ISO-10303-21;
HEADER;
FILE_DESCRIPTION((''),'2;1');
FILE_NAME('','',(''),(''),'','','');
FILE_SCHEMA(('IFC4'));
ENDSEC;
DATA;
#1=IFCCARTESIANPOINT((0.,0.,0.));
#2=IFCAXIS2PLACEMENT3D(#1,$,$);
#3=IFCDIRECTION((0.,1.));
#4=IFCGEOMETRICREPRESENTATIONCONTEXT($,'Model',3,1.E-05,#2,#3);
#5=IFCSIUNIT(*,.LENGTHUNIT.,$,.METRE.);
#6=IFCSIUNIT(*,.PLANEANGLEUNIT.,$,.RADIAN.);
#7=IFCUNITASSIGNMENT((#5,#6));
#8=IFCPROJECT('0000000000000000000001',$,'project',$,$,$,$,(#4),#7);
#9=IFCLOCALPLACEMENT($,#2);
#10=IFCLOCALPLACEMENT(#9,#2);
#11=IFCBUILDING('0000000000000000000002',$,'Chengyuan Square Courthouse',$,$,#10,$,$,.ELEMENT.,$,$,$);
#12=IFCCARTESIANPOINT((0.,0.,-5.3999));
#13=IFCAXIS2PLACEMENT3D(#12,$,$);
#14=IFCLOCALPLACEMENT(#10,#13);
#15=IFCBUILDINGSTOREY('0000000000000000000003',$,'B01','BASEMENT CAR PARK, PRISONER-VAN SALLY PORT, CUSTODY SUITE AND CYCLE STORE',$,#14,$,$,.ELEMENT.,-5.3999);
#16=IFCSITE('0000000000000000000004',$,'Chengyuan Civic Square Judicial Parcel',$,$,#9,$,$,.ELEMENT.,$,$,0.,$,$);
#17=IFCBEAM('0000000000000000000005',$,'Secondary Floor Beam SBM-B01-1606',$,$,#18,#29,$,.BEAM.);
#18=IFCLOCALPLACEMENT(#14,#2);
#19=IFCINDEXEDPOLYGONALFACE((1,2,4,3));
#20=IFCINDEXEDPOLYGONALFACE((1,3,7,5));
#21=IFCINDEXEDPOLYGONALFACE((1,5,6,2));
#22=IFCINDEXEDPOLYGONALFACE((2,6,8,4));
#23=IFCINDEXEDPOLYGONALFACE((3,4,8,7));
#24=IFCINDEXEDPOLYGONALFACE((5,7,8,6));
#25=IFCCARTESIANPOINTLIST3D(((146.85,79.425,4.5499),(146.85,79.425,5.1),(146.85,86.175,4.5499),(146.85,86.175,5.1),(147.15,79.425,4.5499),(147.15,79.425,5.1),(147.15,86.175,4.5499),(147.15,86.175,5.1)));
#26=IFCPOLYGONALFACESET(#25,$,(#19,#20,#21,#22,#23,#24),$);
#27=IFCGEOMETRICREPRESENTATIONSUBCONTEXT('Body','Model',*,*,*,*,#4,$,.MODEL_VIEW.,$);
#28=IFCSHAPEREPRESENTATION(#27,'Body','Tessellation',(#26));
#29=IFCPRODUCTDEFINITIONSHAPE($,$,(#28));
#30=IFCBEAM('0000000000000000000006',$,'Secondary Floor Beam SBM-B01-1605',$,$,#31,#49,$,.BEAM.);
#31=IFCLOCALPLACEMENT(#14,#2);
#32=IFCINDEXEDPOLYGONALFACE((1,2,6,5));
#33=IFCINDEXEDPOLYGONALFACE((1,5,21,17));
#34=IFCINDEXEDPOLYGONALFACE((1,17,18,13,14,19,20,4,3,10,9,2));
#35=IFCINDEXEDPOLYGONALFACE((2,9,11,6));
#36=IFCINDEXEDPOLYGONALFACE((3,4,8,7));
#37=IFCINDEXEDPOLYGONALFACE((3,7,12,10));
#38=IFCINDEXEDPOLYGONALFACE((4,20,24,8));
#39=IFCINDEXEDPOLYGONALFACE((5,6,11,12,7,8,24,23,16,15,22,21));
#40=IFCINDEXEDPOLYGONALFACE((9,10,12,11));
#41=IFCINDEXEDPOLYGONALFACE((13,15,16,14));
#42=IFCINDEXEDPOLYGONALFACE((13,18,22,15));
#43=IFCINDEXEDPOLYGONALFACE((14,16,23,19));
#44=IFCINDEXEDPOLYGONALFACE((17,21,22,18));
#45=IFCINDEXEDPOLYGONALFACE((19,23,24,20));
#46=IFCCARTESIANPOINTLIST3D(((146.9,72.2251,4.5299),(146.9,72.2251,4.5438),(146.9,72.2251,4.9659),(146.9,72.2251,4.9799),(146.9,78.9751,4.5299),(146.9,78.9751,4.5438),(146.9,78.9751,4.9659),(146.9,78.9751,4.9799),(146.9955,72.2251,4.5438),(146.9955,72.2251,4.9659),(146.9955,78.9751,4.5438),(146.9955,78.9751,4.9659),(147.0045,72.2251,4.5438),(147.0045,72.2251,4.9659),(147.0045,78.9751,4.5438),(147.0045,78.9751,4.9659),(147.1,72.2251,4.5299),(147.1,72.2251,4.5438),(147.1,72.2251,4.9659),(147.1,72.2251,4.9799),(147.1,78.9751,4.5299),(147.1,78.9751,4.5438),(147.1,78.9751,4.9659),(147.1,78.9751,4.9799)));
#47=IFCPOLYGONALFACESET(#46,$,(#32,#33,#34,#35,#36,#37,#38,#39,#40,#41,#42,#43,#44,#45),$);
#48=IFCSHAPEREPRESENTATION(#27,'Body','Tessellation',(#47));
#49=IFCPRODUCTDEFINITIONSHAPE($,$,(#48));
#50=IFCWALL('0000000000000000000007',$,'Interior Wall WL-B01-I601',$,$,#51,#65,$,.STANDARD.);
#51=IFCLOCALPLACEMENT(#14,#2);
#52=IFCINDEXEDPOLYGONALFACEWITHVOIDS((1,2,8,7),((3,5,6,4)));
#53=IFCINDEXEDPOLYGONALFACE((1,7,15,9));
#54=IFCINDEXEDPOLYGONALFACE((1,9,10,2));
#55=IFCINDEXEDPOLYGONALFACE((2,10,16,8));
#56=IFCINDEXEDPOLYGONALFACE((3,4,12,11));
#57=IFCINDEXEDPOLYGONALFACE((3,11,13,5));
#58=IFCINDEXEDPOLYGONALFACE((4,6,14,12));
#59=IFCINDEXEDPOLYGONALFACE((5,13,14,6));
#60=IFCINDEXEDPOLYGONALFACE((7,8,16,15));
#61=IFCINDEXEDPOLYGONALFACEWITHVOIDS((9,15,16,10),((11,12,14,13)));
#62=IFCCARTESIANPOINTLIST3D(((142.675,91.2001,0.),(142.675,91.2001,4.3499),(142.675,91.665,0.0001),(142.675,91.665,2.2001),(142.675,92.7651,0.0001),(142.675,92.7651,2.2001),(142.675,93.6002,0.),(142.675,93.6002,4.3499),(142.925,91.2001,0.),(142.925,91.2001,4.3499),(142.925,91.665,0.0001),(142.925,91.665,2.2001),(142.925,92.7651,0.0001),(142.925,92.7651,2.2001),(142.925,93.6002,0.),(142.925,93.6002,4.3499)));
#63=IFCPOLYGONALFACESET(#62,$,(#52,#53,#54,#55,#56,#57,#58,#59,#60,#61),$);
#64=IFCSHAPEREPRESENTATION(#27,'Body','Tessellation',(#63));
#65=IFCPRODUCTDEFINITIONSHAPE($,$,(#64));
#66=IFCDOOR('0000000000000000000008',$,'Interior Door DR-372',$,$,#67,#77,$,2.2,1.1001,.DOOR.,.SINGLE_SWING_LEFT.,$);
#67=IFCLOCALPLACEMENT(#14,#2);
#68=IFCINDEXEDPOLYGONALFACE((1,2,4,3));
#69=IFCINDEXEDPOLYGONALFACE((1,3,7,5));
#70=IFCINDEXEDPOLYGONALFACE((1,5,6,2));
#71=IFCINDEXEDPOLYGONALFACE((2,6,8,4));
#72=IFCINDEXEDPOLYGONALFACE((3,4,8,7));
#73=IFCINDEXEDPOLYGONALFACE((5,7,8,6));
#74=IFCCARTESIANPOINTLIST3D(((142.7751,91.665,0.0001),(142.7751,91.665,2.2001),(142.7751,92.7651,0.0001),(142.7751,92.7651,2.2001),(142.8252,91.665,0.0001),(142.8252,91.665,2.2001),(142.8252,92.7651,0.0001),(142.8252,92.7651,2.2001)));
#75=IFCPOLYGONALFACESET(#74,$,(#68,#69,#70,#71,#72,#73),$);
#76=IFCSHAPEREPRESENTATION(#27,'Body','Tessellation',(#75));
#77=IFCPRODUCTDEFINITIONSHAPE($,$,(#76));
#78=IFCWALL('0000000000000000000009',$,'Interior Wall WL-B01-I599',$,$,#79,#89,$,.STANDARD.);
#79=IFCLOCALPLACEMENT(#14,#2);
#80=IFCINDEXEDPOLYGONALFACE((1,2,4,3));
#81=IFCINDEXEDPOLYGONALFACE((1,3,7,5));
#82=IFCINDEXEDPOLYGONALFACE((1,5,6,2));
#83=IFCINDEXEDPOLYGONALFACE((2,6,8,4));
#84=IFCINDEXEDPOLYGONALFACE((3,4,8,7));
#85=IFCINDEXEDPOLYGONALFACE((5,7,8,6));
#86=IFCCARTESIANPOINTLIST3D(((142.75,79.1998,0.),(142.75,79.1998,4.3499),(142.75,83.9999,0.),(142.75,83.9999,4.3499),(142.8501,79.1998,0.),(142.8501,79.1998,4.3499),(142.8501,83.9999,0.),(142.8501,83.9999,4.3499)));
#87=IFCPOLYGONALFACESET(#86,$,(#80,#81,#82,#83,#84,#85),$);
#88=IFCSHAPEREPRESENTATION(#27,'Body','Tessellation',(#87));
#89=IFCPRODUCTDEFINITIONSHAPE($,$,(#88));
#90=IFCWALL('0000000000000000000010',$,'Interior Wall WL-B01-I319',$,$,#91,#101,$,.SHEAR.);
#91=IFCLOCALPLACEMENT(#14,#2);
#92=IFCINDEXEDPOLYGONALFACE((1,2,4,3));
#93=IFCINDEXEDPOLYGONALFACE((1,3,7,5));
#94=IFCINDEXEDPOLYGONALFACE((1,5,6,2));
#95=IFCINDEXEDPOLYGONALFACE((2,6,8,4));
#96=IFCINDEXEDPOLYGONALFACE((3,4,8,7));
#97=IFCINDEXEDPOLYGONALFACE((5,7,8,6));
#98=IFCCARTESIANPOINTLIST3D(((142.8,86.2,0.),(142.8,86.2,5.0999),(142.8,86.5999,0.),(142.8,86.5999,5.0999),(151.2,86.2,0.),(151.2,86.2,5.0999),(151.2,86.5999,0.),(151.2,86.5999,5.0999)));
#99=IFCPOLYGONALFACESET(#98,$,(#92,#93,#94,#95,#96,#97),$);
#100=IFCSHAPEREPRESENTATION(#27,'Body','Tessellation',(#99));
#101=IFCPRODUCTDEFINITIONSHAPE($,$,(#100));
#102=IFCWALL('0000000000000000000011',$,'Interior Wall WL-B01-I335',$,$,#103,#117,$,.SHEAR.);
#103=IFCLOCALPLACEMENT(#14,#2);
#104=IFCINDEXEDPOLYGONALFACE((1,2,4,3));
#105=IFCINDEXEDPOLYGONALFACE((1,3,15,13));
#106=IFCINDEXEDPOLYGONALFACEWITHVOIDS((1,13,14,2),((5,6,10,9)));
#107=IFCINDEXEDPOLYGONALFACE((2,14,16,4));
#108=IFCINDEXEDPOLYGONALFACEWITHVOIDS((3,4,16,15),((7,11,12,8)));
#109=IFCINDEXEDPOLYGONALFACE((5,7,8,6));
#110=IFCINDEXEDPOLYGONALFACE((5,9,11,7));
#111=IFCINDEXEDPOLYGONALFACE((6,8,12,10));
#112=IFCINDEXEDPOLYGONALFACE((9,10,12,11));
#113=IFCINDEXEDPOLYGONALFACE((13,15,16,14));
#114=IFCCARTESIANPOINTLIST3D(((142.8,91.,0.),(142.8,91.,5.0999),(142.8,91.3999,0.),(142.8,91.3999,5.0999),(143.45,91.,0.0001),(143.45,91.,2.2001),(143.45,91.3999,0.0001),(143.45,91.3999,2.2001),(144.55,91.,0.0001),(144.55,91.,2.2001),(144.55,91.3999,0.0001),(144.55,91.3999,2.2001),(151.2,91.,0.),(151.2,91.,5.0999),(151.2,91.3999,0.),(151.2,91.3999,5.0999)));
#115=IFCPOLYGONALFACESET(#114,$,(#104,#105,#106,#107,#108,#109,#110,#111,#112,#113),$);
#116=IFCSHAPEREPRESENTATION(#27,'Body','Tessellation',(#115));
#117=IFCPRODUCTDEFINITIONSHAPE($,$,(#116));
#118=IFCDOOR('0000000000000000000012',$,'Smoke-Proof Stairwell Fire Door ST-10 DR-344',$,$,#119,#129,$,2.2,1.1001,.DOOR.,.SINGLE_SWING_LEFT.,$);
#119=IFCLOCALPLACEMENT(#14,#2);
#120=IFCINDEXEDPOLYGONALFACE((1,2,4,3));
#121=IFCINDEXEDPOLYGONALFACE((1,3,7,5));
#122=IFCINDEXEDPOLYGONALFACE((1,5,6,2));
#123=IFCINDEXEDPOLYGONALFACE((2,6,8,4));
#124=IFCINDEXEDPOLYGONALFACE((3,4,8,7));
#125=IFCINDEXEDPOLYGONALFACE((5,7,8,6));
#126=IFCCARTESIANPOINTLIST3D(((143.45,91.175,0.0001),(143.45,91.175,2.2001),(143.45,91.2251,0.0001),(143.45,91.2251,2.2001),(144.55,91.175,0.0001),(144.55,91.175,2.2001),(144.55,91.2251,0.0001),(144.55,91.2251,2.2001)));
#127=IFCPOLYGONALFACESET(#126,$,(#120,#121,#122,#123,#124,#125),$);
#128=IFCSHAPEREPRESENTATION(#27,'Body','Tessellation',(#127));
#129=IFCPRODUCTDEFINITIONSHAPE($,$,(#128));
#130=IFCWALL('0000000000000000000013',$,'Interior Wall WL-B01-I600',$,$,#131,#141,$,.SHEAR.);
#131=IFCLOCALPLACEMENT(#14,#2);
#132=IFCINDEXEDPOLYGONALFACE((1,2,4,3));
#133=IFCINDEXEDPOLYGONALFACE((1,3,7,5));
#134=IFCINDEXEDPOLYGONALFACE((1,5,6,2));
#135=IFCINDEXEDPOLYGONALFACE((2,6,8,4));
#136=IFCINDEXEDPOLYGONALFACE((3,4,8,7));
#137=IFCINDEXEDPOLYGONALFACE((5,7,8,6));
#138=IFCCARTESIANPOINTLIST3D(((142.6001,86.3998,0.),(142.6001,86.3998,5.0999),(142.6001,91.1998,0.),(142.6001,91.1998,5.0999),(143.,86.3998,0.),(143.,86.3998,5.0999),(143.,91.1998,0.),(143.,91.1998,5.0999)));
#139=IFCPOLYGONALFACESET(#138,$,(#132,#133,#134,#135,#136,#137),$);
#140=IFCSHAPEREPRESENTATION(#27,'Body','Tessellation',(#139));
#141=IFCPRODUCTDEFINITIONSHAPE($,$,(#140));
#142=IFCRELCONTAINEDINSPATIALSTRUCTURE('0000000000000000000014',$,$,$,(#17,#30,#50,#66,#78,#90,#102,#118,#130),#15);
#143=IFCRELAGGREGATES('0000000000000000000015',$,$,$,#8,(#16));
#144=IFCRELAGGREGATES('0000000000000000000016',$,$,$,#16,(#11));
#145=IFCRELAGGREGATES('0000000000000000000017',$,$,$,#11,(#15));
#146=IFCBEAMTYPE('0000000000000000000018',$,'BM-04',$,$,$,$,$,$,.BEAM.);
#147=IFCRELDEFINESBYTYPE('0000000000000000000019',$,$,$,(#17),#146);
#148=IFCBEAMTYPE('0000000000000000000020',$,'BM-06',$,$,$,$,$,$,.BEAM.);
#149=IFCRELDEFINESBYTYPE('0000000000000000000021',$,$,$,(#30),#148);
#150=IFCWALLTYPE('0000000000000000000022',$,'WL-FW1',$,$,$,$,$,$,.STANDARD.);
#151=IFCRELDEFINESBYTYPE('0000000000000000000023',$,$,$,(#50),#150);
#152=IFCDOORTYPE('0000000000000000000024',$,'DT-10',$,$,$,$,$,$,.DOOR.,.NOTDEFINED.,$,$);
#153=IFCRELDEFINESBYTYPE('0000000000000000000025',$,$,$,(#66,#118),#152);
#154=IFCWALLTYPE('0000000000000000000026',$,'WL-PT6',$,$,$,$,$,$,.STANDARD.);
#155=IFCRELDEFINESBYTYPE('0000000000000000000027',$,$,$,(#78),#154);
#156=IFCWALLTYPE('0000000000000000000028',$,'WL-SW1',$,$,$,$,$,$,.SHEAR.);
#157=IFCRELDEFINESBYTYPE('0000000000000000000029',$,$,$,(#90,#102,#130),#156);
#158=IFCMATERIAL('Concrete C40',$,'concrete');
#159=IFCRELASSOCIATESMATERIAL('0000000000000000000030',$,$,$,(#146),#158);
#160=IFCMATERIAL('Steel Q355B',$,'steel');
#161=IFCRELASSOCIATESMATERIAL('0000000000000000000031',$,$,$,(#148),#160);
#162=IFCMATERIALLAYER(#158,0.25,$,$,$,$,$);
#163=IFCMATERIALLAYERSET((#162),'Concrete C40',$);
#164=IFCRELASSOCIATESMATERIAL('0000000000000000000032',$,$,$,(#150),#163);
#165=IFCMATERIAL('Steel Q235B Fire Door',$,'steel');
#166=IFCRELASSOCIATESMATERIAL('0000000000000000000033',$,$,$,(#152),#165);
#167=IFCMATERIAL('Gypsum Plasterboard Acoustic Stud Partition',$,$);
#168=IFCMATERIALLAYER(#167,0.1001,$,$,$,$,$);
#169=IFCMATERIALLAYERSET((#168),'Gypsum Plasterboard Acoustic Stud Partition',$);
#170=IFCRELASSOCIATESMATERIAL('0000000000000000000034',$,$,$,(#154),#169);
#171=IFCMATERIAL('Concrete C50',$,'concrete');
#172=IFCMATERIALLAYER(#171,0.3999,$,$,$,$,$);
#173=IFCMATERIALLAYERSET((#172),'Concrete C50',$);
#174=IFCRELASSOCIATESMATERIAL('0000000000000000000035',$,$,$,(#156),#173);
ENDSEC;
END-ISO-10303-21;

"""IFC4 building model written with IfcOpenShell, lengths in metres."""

from ifc_helpers import new_model, si_unit, direction, frame, frame_2d, origin, origin_2d, place, context, subcontext, project, spatial, rectangle, i_section, extrude, material, layer, layer_set, material_profile, profile_set, type_object, element, fill, save


model = new_model("IFC4")

# Units and contexts
model_context = context("Model", 3, precision=1e-05, world=origin(), true_north=direction((0.0, 1.0)))
body_context = subcontext(model_context, "Body", "Model", "MODEL_VIEW")
ifc_project = project(units=[si_unit("LENGTHUNIT", "METRE"), si_unit("PLANEANGLEUNIT", "RADIAN")], contexts=[model_context])

# Site, building, storey
site_placement = place(None, origin())
site = spatial("IfcSite", under=ifc_project, at=site_placement, Name="Chengyuan Civic Square Judicial Parcel", CompositionType="ELEMENT", RefElevation=0.0)
building_placement = place(site_placement, origin())
building = spatial("IfcBuilding", under=site, at=building_placement, Name="Chengyuan Square Courthouse", CompositionType="ELEMENT")
storey_placement = place(building_placement, frame((0.0, 0.0, -5.3999)))
storey = spatial("IfcBuildingStorey", under=building, at=storey_placement, Name="B01", Description="BASEMENT CAR PARK, PRISONER-VAN SALLY PORT, CUSTODY SUITE AND CYCLE STORE", CompositionType="ELEMENT", Elevation=-5.3999)

# Shared definitions
ifc_material_1 = material(Name="Concrete C50", Category="concrete")

# Beams
ifc_material_2 = material(Name="Concrete C40", Category="concrete")
ifc_material_profile_1 = material_profile(ifc_material_2, rectangle(XDim=0.3, YDim=0.55, at=origin_2d()), Name="RC-BM-300x550")
ifc_profile_set_1 = profile_set([ifc_material_profile_1], Name="Concrete C40")
beam_type_1 = type_object("IfcBeamType", Name="BM-04", PredefinedType="BEAM", material=ifc_profile_set_1)
beam_1_placement = place(storey_placement, frame((147.0, 79.425, 4.825), z_axis=(0.0, 1.0, 0.0), x_axis=(-1.0, 0.0, 0.0)))
element("IfcBeam", 1, at=beam_1_placement, inside=storey, type_object=beam_type_1, Name="Secondary Floor Beam SBM-B01-1606", PredefinedType="BEAM", context=body_context, shape_type="SweptSolid", body=[
    extrude(rectangle(XDim=0.3, YDim=0.55, at=origin_2d()), origin(), (0.0, 0.0, 1.0), 6.75),
])
ifc_material_3 = material(Name="Steel Q355B", Category="steel")
ifc_material_profile_2 = material_profile(ifc_material_3, i_section(OverallWidth=0.2, OverallDepth=0.45, WebThickness=0.009, FlangeThickness=0.0139, at=origin_2d()), Name="HN 450x200x9x14")
ifc_profile_set_2 = profile_set([ifc_material_profile_2], Name="Steel Q355B")
beam_type_2 = type_object("IfcBeamType", Name="BM-06", PredefinedType="BEAM", material=ifc_profile_set_2)
beam_2_placement = place(storey_placement, frame((147.0, 72.2251, 4.7549), z_axis=(0.0, 1.0, 0.0), x_axis=(-1.0, 0.0, 0.0)))
element("IfcBeam", 2, at=beam_2_placement, inside=storey, type_object=beam_type_2, Name="Secondary Floor Beam SBM-B01-1605", PredefinedType="BEAM", context=body_context, shape_type="SweptSolid", body=[
    extrude(i_section(OverallWidth=0.2, OverallDepth=0.45, WebThickness=0.009, FlangeThickness=0.0139, at=origin_2d()), origin(), (0.0, 0.0, 1.0), 6.75),
])

# Wall, opening, door
ifc_layer_1 = layer(ifc_material_2, 0.25)
ifc_layer_set_1 = layer_set([ifc_layer_1], Name="Concrete C40")
wall_type_1 = type_object("IfcWallType", Name="WL-FW1", PredefinedType="STANDARD", material=ifc_layer_set_1)
wall_1_placement = place(storey_placement, frame((142.8, 91.2, 0.0), z_axis=(0.0, 0.0, 1.0), x_axis=(0.0, 1.0, 0.0)))
wall_1 = element("IfcWall", 3, at=wall_1_placement, inside=storey, type_object=wall_type_1, Name="Interior Wall WL-B01-I601", PredefinedType="STANDARD", context=body_context, shape_type="SweptSolid", body=[
    extrude(rectangle(XDim=2.4001, YDim=0.25, at=frame_2d((1.2002, 0.0))), origin(), (0.0, 0.0, 1.0), 4.3499),
])
opening_1_placement = place(wall_1_placement, frame((0.4651, 0.0, 0.0)))
opening_1 = element("IfcOpeningElement", 4, at=opening_1_placement, cuts=wall_1, PredefinedType="OPENING", context=body_context, shape_type="SweptSolid", body=[
    extrude(rectangle(XDim=1.1001, YDim=2.2, at=frame_2d((0.55, 1.1001))), frame((0.0, 0.137, 0.0), z_axis=(0.0, -1.0, 0.0), x_axis=(1.0, 0.0, 0.0)), (0.0, 0.0, 1.0), 0.2739),
])
ifc_material_4 = material(Name="Steel Q235B Fire Door", Category="steel")
door_type_1 = type_object("IfcDoorType", Name="DT-10", OperationType="NOTDEFINED", PredefinedType="DOOR", material=ifc_material_4)
door_1_placement = place(opening_1_placement, origin())
door_1 = element("IfcDoor", 5, at=door_1_placement, inside=storey, type_object=door_type_1, Name="Interior Door DR-372", OperationType="SINGLE_SWING_LEFT", OverallHeight=2.2, OverallWidth=1.1001, PredefinedType="DOOR", context=body_context, shape_type="SweptSolid", body=[
    extrude(rectangle(XDim=1.1001, YDim=2.2, at=frame_2d((0.55, 1.1001))), frame((0.0, 0.0249, 0.0), z_axis=(0.0, -1.0, 0.0), x_axis=(1.0, 0.0, 0.0)), (0.0, 0.0, 1.0), 0.05),
])
fill(opening_1, door_1)

# Walls
ifc_material_5 = material(Name="Gypsum Plasterboard Acoustic Stud Partition")
ifc_layer_2 = layer(ifc_material_5, 0.1001)
ifc_layer_set_2 = layer_set([ifc_layer_2], Name="Gypsum Plasterboard Acoustic Stud Partition")
wall_type_2 = type_object("IfcWallType", Name="WL-PT6", PredefinedType="STANDARD", material=ifc_layer_set_2)
wall_2_placement = place(storey_placement, frame((142.8, 79.2, 0.0), z_axis=(0.0, 0.0, 1.0), x_axis=(0.0, 1.0, 0.0)))
element("IfcWall", 6, at=wall_2_placement, inside=storey, type_object=wall_type_2, Name="Interior Wall WL-B01-I599", PredefinedType="STANDARD", context=body_context, shape_type="SweptSolid", body=[
    extrude(rectangle(XDim=4.8, YDim=0.1001, at=frame_2d((2.3999, 0.0))), origin(), (0.0, 0.0, 1.0), 4.3499),
])
ifc_layer_3 = layer(ifc_material_1, 0.3999)
ifc_layer_set_3 = layer_set([ifc_layer_3], Name="Concrete C50")
wall_type_3 = type_object("IfcWallType", Name="WL-SW1", PredefinedType="SHEAR", material=ifc_layer_set_3)
wall_3_placement = place(storey_placement, frame((142.8, 86.3999, 0.0), z_axis=(0.0, 0.0, 1.0), x_axis=(1.0, 0.0, 0.0)))
element("IfcWall", 7, at=wall_3_placement, inside=storey, type_object=wall_type_3, Name="Interior Wall WL-B01-I319", PredefinedType="SHEAR", context=body_context, shape_type="SweptSolid", body=[
    extrude(rectangle(XDim=8.3999, YDim=0.3999, at=frame_2d((4.2, 0.0))), origin(), (0.0, 0.0, 1.0), 5.0999),
])

# Wall, opening, door
wall_4_placement = place(storey_placement, frame((142.8, 91.2, 0.0), z_axis=(0.0, 0.0, 1.0), x_axis=(1.0, 0.0, 0.0)))
wall_4 = element("IfcWall", 8, at=wall_4_placement, inside=storey, type_object=wall_type_3, Name="Interior Wall WL-B01-I335", PredefinedType="SHEAR", context=body_context, shape_type="SweptSolid", body=[
    extrude(rectangle(XDim=8.3999, YDim=0.3999, at=frame_2d((4.2, 0.0))), origin(), (0.0, 0.0, 1.0), 5.0999),
])
opening_2_placement = place(wall_4_placement, frame((0.6499, 0.0, 0.0)))
opening_2 = element("IfcOpeningElement", 9, at=opening_2_placement, cuts=wall_4, PredefinedType="OPENING", context=body_context, shape_type="SweptSolid", body=[
    extrude(rectangle(XDim=1.1001, YDim=2.2, at=frame_2d((0.55, 1.1001))), frame((0.0, 0.2119, 0.0), z_axis=(0.0, -1.0, 0.0), x_axis=(1.0, 0.0, 0.0)), (0.0, 0.0, 1.0), 0.4238),
])
door_2_placement = place(opening_2_placement, frame((1.1001, 0.0, 0.0), z_axis=(0.0, 0.0, 1.0), x_axis=(-1.0, 0.0, 0.0)))
door_2 = element("IfcDoor", 10, at=door_2_placement, inside=storey, type_object=door_type_1, Name="Smoke-Proof Stairwell Fire Door ST-10 DR-344", OperationType="SINGLE_SWING_LEFT", OverallHeight=2.2, OverallWidth=1.1001, PredefinedType="DOOR", context=body_context, shape_type="SweptSolid", body=[
    extrude(rectangle(XDim=1.1001, YDim=2.2, at=frame_2d((0.55, 1.1001))), frame((0.0, 0.0249, 0.0), z_axis=(0.0, -1.0, 0.0), x_axis=(1.0, 0.0, 0.0)), (0.0, 0.0, 1.0), 0.05),
])
fill(opening_2, door_2)

# Wall
wall_5_placement = place(storey_placement, frame((142.8, 86.3999, 0.0), z_axis=(0.0, 0.0, 1.0), x_axis=(0.0, 1.0, 0.0)))
element("IfcWall", 11, at=wall_5_placement, inside=storey, type_object=wall_type_3, Name="Interior Wall WL-B01-I600", PredefinedType="SHEAR", context=body_context, shape_type="SweptSolid", body=[
    extrude(rectangle(XDim=4.8, YDim=0.3999, at=frame_2d((2.3999, 0.0))), origin(), (0.0, 0.0, 1.0), 5.0999),
])

save(model, "model.ifc")
